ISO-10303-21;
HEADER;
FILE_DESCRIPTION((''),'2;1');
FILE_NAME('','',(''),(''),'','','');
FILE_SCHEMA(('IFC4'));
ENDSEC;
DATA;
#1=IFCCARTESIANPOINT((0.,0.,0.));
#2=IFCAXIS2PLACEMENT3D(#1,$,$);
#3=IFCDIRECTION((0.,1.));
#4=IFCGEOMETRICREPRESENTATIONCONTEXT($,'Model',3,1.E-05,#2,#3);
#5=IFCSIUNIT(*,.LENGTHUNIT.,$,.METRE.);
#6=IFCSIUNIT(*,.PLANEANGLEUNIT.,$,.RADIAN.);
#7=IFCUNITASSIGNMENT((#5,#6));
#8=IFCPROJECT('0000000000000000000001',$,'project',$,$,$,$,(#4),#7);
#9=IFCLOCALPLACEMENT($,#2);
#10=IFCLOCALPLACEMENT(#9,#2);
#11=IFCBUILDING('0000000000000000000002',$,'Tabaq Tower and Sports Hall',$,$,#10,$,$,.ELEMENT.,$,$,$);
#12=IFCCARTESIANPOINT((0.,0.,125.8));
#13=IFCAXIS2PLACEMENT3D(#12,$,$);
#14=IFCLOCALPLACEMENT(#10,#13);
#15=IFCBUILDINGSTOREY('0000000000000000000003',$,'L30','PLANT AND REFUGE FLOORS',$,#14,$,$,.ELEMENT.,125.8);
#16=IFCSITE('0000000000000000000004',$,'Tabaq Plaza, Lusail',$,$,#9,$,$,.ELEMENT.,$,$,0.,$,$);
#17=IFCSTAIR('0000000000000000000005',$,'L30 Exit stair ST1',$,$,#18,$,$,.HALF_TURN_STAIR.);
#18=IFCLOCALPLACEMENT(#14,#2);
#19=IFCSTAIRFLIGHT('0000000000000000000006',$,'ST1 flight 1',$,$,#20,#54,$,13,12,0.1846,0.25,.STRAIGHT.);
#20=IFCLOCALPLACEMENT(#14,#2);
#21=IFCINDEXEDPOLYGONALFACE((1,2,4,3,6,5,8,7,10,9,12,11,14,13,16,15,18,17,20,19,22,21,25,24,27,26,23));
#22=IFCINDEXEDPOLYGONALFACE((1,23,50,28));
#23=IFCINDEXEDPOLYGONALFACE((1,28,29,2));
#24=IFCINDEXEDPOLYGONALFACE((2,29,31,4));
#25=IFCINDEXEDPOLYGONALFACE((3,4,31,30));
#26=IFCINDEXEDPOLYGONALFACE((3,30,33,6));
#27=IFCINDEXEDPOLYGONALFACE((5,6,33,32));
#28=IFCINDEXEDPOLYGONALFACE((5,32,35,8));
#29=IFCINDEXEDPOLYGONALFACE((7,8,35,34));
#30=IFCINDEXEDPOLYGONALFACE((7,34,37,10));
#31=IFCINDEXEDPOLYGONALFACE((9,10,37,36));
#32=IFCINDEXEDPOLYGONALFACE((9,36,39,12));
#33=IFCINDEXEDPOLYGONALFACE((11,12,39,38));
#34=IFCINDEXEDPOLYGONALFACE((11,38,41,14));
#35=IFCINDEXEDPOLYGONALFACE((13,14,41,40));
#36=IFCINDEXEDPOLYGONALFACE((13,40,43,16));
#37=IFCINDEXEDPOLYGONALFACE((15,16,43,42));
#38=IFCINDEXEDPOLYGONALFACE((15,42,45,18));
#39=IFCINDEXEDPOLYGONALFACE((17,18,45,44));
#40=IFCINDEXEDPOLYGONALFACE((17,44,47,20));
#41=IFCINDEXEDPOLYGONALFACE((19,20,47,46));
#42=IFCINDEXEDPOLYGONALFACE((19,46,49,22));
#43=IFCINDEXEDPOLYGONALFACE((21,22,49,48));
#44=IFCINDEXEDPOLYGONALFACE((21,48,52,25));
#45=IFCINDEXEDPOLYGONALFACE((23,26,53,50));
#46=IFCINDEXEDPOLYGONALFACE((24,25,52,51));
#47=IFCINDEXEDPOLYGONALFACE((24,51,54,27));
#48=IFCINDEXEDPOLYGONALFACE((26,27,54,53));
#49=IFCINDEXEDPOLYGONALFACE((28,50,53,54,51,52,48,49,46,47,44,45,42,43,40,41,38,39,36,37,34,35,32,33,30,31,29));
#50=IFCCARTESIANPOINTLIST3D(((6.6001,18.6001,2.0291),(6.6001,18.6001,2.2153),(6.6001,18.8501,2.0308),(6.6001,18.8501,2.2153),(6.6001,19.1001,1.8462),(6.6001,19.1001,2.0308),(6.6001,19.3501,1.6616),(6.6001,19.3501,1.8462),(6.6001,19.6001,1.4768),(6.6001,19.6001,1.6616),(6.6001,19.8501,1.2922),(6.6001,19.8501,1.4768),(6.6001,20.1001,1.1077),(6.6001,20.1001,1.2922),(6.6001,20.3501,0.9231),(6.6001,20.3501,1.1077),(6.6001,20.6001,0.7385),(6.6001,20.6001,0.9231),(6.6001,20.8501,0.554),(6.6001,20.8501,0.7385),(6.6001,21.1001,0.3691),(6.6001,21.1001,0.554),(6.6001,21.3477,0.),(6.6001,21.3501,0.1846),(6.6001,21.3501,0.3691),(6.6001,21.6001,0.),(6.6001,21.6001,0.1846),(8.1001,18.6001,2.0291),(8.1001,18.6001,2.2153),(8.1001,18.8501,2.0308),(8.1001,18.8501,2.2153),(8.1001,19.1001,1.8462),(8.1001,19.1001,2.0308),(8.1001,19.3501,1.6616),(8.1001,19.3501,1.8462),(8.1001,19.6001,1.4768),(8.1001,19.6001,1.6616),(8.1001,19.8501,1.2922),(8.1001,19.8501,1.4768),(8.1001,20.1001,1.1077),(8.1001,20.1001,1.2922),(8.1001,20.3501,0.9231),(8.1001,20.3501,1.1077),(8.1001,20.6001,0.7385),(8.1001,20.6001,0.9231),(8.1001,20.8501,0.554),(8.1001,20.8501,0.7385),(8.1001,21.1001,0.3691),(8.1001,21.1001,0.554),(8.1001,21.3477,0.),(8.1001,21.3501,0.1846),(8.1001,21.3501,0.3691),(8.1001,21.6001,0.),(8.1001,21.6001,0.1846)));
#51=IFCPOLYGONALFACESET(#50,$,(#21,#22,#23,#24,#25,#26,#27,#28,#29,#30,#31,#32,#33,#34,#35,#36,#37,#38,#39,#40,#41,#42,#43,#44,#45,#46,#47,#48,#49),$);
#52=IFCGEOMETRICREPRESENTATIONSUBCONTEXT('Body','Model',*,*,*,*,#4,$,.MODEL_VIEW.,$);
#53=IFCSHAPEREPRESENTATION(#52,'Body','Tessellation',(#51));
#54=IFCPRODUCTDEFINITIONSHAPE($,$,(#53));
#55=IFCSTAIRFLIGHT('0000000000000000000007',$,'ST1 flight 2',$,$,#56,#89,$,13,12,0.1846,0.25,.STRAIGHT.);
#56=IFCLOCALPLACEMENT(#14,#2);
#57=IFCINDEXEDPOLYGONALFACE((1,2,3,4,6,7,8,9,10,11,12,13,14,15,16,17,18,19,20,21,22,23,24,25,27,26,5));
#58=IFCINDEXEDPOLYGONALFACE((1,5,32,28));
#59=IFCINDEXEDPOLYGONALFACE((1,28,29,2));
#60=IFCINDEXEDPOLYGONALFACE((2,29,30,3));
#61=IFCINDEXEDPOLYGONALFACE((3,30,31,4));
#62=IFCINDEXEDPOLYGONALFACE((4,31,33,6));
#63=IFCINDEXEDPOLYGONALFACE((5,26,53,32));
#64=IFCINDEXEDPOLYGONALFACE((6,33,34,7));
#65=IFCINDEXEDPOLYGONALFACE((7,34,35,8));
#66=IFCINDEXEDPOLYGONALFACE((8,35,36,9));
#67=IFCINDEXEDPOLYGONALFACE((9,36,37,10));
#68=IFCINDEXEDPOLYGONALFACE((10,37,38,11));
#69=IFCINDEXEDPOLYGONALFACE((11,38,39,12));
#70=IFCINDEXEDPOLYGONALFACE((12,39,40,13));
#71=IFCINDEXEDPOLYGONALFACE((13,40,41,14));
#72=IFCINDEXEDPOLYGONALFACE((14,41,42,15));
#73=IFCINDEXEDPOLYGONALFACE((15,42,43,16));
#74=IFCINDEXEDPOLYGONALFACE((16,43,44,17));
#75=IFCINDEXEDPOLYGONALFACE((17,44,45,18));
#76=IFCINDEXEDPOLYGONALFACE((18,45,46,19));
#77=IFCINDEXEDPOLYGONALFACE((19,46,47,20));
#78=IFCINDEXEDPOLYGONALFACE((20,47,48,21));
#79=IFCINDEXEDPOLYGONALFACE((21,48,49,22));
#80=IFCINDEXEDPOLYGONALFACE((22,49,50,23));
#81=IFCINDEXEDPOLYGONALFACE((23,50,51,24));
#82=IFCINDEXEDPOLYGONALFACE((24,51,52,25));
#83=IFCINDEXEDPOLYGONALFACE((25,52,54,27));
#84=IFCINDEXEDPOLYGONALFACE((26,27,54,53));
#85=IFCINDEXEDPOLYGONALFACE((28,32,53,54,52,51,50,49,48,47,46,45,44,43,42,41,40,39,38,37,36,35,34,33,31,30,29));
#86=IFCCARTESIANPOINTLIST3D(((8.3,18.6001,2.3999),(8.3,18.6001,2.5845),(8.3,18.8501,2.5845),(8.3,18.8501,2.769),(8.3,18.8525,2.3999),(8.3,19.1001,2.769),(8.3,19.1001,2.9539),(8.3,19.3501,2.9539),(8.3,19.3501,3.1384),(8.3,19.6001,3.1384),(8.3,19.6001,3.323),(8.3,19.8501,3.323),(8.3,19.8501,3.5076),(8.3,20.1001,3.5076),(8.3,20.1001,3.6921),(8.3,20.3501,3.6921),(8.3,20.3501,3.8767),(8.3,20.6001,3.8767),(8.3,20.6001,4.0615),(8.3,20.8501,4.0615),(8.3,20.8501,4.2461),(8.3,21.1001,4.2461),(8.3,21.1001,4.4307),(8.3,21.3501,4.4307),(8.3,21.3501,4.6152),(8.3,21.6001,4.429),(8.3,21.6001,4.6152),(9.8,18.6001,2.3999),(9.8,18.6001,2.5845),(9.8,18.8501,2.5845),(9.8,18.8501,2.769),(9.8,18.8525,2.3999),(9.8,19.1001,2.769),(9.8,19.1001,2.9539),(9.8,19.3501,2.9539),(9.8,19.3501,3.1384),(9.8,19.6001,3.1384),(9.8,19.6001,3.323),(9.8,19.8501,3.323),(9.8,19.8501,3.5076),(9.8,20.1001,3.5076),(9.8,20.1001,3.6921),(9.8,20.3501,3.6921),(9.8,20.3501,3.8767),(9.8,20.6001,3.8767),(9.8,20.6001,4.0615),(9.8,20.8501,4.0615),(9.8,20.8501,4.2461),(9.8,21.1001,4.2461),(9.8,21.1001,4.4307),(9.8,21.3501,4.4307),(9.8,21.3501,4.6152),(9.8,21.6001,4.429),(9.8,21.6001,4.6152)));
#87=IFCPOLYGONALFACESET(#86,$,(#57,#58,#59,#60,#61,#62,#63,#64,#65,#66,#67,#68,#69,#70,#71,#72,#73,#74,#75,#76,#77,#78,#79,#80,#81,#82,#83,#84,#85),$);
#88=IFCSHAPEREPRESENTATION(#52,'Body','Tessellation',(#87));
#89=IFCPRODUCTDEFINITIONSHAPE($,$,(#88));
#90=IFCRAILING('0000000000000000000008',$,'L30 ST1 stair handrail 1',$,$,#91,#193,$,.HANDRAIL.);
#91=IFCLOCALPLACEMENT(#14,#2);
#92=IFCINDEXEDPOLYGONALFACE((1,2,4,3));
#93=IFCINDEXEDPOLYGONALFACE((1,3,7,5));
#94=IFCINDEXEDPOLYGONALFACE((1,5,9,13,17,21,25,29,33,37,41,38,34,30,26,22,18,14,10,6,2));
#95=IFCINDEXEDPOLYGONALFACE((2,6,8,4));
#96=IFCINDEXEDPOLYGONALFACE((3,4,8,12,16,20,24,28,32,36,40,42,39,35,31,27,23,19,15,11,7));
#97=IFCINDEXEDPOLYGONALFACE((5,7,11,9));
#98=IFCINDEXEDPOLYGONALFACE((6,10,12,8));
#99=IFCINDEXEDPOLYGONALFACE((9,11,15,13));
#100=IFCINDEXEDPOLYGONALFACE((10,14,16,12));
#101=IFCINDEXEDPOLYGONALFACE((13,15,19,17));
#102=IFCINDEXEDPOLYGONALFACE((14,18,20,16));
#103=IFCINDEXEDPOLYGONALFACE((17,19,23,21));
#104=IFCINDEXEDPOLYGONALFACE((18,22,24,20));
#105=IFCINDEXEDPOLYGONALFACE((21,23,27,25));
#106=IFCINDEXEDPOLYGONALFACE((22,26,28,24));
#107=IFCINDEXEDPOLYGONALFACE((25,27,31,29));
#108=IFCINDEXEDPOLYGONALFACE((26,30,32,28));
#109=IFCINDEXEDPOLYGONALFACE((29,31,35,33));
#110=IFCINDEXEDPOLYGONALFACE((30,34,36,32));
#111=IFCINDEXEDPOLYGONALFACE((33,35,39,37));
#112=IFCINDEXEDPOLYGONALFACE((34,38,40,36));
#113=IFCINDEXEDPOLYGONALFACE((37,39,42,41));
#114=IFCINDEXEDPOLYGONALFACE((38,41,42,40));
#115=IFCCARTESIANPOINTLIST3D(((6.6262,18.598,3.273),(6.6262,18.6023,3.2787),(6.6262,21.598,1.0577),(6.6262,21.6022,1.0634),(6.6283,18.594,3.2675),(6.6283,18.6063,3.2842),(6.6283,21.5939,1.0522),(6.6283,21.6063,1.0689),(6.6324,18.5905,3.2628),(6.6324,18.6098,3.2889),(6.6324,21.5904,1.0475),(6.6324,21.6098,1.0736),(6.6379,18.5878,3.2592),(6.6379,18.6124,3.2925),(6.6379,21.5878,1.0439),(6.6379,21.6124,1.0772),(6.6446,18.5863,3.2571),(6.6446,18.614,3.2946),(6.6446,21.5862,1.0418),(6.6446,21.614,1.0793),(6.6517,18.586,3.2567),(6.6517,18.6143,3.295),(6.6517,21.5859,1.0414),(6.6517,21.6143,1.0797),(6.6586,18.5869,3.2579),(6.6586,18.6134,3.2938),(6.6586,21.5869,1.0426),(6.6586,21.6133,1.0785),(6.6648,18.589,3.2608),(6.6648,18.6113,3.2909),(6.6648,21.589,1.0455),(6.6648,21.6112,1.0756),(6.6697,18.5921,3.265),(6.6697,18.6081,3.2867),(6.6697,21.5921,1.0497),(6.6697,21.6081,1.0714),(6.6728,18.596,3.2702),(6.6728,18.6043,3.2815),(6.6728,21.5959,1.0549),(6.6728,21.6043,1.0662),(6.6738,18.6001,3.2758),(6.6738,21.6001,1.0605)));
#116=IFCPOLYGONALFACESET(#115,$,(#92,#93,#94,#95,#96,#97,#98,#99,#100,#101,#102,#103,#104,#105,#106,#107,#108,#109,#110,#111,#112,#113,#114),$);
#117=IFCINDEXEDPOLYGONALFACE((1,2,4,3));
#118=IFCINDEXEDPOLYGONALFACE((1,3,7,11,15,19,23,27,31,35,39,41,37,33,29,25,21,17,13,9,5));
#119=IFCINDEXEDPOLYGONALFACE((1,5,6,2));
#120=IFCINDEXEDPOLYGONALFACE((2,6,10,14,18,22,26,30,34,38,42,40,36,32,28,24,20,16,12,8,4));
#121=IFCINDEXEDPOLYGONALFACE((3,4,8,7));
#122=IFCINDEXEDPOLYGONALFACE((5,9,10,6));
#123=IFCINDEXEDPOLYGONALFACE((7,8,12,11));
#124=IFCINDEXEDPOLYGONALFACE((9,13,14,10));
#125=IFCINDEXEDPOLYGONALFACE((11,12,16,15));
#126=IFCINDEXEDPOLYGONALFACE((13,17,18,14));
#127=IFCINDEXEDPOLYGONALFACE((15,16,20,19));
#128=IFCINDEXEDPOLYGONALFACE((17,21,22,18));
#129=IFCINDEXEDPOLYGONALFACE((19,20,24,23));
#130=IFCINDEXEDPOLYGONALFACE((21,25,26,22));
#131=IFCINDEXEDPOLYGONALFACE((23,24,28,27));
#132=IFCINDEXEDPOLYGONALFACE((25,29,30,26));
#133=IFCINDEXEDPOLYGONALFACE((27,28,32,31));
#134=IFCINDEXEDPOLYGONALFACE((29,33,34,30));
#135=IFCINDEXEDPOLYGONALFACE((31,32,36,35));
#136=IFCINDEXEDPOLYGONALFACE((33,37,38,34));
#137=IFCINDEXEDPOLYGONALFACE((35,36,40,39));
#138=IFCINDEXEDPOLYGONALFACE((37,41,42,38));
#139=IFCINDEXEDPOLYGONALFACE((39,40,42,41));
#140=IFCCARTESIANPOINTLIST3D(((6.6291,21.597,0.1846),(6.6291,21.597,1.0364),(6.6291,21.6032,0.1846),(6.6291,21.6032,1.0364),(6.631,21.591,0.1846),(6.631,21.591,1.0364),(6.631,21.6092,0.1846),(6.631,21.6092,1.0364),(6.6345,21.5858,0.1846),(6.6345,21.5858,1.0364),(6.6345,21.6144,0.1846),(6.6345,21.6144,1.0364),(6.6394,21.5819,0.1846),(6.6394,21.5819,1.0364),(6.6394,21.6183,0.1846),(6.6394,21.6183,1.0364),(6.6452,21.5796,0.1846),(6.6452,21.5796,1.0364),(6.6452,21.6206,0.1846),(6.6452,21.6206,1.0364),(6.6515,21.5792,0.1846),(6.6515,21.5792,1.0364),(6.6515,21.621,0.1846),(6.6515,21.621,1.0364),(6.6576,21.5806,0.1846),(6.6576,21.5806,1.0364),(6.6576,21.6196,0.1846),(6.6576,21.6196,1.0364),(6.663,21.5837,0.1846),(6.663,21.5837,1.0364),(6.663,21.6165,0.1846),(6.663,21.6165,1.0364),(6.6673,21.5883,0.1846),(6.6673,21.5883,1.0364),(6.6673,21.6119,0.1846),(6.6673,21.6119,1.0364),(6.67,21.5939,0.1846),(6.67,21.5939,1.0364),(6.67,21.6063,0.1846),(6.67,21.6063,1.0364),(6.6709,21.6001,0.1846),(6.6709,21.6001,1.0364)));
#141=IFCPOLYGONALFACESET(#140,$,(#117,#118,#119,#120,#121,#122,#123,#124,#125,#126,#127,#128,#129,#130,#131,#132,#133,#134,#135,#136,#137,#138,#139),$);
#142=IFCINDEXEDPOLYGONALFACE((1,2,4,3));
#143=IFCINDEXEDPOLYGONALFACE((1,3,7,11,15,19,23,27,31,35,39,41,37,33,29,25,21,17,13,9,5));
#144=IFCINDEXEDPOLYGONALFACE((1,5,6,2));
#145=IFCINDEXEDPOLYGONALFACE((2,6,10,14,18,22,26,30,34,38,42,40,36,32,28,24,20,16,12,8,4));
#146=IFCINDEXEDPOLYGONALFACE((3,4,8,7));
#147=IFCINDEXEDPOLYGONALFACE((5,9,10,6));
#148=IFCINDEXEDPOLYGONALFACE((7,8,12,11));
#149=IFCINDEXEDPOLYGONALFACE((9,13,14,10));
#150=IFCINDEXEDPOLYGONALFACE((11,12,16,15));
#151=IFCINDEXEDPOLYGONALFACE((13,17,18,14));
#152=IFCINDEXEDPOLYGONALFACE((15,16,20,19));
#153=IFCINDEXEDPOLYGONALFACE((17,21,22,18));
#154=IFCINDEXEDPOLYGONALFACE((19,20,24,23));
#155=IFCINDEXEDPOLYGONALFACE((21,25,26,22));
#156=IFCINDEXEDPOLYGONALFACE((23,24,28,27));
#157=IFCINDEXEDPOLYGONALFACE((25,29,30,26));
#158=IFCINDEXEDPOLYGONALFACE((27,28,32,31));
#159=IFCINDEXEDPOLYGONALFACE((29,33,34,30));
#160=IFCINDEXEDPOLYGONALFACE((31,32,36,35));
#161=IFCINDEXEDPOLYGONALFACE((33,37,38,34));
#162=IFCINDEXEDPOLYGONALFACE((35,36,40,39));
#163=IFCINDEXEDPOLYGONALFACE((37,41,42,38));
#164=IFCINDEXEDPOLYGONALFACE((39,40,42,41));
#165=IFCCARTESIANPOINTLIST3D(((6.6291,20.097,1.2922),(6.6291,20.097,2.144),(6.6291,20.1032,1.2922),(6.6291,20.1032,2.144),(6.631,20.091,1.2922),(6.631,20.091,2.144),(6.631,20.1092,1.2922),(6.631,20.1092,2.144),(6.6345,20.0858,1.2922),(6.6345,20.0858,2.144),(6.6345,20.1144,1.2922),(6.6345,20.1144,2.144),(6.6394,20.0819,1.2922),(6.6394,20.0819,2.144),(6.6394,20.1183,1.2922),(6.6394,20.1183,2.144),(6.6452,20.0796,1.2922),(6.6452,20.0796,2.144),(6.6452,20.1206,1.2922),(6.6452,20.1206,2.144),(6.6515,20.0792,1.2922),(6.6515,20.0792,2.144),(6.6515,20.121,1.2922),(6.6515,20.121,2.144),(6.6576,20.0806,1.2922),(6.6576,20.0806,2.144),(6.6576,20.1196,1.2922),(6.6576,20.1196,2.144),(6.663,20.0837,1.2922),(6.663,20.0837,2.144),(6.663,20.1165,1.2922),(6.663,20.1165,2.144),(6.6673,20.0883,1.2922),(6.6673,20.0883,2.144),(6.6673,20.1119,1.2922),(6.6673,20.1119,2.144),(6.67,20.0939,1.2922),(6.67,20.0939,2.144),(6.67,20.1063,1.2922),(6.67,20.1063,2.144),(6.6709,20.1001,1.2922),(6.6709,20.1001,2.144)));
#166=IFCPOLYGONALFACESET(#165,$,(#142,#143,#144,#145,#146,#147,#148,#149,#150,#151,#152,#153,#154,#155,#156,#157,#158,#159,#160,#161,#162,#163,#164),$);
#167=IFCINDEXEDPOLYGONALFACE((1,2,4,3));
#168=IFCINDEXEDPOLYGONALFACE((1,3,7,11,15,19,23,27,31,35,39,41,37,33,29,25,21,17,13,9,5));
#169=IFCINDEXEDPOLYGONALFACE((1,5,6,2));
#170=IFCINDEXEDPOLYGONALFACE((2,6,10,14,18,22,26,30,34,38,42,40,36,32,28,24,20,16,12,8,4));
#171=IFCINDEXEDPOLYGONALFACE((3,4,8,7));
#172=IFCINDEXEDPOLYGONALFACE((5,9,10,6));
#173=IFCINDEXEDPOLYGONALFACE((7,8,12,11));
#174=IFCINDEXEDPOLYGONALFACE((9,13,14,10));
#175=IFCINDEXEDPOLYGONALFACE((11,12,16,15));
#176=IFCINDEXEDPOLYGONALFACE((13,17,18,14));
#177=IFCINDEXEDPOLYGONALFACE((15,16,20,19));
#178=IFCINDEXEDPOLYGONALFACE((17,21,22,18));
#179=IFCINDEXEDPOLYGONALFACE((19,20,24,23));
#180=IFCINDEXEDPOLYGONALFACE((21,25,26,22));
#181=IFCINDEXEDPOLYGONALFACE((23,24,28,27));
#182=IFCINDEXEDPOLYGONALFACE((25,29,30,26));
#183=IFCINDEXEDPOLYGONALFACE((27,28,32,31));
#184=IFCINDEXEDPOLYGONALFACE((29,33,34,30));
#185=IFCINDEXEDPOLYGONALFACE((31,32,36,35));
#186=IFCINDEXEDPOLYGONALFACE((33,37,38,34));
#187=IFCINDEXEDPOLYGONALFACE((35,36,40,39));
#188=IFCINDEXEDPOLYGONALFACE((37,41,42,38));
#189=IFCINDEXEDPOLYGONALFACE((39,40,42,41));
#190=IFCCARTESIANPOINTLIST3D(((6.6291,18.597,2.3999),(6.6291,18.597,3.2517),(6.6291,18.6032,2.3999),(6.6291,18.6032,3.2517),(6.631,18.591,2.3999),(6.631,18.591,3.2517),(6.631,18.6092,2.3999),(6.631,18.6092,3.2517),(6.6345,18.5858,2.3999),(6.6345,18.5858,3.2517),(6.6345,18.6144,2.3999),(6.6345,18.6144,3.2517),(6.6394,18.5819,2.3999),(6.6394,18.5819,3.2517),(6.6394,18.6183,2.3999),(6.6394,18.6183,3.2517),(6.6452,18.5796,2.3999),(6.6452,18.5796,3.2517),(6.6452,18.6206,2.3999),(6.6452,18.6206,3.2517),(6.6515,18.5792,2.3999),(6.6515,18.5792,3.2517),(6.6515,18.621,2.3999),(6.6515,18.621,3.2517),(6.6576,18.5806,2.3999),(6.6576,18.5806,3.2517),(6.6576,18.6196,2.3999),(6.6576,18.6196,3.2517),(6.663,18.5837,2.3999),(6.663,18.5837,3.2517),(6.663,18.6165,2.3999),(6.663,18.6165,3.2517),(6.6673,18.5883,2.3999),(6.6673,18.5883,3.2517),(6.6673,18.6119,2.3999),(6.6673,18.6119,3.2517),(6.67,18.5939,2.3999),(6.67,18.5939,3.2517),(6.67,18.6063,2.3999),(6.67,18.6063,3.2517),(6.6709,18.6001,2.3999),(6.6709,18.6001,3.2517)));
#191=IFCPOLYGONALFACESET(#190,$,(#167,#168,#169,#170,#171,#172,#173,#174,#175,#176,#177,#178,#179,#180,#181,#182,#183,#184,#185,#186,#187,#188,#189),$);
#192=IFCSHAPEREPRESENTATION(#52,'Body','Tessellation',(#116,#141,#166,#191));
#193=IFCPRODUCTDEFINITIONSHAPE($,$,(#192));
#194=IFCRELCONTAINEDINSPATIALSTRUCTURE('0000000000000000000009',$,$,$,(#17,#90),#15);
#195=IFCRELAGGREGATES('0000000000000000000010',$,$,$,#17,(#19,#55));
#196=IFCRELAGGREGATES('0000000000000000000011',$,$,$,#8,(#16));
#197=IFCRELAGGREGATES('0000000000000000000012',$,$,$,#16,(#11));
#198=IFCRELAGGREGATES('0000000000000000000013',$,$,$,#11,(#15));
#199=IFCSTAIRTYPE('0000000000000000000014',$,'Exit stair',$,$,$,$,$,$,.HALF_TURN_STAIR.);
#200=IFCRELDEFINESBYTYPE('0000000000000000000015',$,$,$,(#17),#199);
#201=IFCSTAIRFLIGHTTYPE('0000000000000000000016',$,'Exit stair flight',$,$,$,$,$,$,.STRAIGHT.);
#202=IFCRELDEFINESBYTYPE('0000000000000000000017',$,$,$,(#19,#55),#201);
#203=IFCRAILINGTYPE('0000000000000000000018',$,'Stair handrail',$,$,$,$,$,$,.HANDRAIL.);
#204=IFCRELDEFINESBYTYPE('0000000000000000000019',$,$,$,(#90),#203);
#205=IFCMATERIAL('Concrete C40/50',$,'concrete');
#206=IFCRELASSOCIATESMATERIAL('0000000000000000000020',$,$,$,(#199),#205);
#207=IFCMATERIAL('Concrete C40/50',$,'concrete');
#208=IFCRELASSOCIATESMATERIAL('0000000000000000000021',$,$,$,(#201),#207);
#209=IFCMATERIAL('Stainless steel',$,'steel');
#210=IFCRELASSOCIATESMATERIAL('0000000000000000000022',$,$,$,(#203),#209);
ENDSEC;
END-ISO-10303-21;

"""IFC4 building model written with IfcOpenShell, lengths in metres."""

from ifc_helpers import new_model, si_unit, direction, frame, origin, origin_2d, place, context, subcontext, project, spatial, polyline, circle, outline, extrude, material, type_object, element, aggregate, save


model = new_model("IFC4")

# Units and contexts
model_context = context("Model", 3, precision=1e-05, world=origin(), true_north=direction((0.0, 1.0)))
body_context = subcontext(model_context, "Body", "Model", "MODEL_VIEW")
ifc_project = project(units=[si_unit("LENGTHUNIT", "METRE"), si_unit("PLANEANGLEUNIT", "RADIAN")], contexts=[model_context])

# Site, building, storey
site_placement = place(None, origin())
site = spatial("IfcSite", under=ifc_project, at=site_placement, Name="Tabaq Plaza, Lusail", CompositionType="ELEMENT", RefElevation=0.0)
building_placement = place(site_placement, origin())
building = spatial("IfcBuilding", under=site, at=building_placement, Name="Tabaq Tower and Sports Hall", CompositionType="ELEMENT")
storey_placement = place(building_placement, frame((0.0, 0.0, 125.8)))
storey = spatial("IfcBuildingStorey", under=building, at=storey_placement, Name="L30", Description="PLANT AND REFUGE FLOORS", CompositionType="ELEMENT", Elevation=125.8)

# Stair, stair flights
ifc_material_1 = material(Name="Concrete C40/50", Category="concrete")
stair_type = type_object("IfcStairType", Name="Exit stair", PredefinedType="HALF_TURN_STAIR", material=ifc_material_1)
stair_placement = place(storey_placement, origin())
stair = element("IfcStair", 1, at=stair_placement, inside=storey, type_object=stair_type, Name="L30 Exit stair ST1", PredefinedType="HALF_TURN_STAIR")
ifc_material_2 = material(Name="Concrete C40/50", Category="concrete")
stair_flight_type = type_object("IfcStairFlightType", Name="Exit stair flight", PredefinedType="STRAIGHT", material=ifc_material_2)
stair_flight_1_placement = place(storey_placement, frame((7.3501, 21.6001, 0.0), z_axis=(0.0, 0.0, 1.0), x_axis=(0.0, -1.0, 0.0)))
stair_flight_1 = element("IfcStairFlight", 2, at=stair_flight_1_placement, type_object=stair_flight_type, Name="ST1 flight 1", NumberOfRisers=13, NumberOfTreads=12, PredefinedType="STRAIGHT", RiserHeight=0.1846, TreadLength=0.25, context=body_context, shape_type="SweptSolid", body=[
    extrude(outline(polyline([(0.0, 0.0), (0.0, 0.1846), (0.25, 0.1846), (0.25, 0.3691), (0.5, 0.3691), (0.5, 0.554), (0.75, 0.554), (0.75, 0.7385), (1.0, 0.7385), (1.0, 0.9231), (1.25, 0.9231), (1.25, 1.1077), (1.5, 1.1077), (1.5, 1.2922), (1.75, 1.2922), (1.75, 1.4768), (2.0, 1.4768), (2.0, 1.6616), (2.25, 1.6616), (2.25, 1.8462), (2.5, 1.8462), (2.5, 2.0308), (2.75, 2.0308), (2.75, 2.2153), (3.0, 2.2153), (3.0, 2.3999), (3.0, 2.0291), (0.2524, 0.0), (0.0, 0.0)])), frame((0.0, 0.75, 0.0), z_axis=(0.0, -1.0, 0.0), x_axis=(1.0, 0.0, 0.0)), (0.0, 0.0, 1.0), 1.5),
])
stair_flight_2_placement = place(storey_placement, frame((9.05, 18.6001, 2.3999), z_axis=(0.0, 0.0, 1.0), x_axis=(0.0, 1.0, 0.0)))
stair_flight_2 = element("IfcStairFlight", 3, at=stair_flight_2_placement, type_object=stair_flight_type, Name="ST1 flight 2", NumberOfRisers=13, NumberOfTreads=12, PredefinedType="STRAIGHT", RiserHeight=0.1846, TreadLength=0.25, context=body_context, shape_type="SweptSolid", body=[
    extrude(outline(polyline([(0.0, 0.0), (0.0, 0.1846), (0.25, 0.1846), (0.25, 0.3691), (0.5, 0.3691), (0.5, 0.554), (0.75, 0.554), (0.75, 0.7385), (1.0, 0.7385), (1.0, 0.9231), (1.25, 0.9231), (1.25, 1.1077), (1.5, 1.1077), (1.5, 1.2922), (1.75, 1.2922), (1.75, 1.4768), (2.0, 1.4768), (2.0, 1.6616), (2.25, 1.6616), (2.25, 1.8462), (2.5, 1.8462), (2.5, 2.0308), (2.75, 2.0308), (2.75, 2.2153), (3.0, 2.2153), (3.0, 2.3999), (3.0, 2.0291), (0.2524, 0.0), (0.0, 0.0)])), frame((0.0, 0.75, 0.0), z_axis=(0.0, -1.0, 0.0), x_axis=(1.0, 0.0, 0.0)), (0.0, 0.0, 1.0), 1.5),
])
aggregate(stair, [stair_flight_1, stair_flight_2])

# Railing
ifc_material_3 = material(Name="Stainless steel", Category="steel")
railing_type_1 = type_object("IfcRailingType", Name="Stair handrail", PredefinedType="HANDRAIL", material=ifc_material_3)
railing_1_placement = place(storey_placement, frame((6.6499, 21.6001, 0.1846)))
element("IfcRailing", 4, at=railing_1_placement, inside=storey, type_object=railing_type_1, Name="L30 ST1 stair handrail 1", PredefinedType="HANDRAIL", context=body_context, shape_type="SweptSolid", body=[
    extrude(circle(Radius=0.0239, at=origin_2d()), frame((0.0, 0.0, 0.876), z_axis=(0.0, -0.80444, 0.594034), x_axis=(1.0, 0.0, 0.0)), (0.0, 0.0, 1.0), 3.7292),
    extrude(circle(Radius=0.021, at=origin_2d()), origin(), (0.0, 0.0, 1.0), 0.8518),
    extrude(circle(Radius=0.021, at=origin_2d()), frame((0.0, -1.5, 1.1077)), (0.0, 0.0, 1.0), 0.8518),
    extrude(circle(Radius=0.021, at=origin_2d()), frame((0.0, -3.0, 2.2153)), (0.0, 0.0, 1.0), 0.8518),
])

save(model, "model.ifc")
